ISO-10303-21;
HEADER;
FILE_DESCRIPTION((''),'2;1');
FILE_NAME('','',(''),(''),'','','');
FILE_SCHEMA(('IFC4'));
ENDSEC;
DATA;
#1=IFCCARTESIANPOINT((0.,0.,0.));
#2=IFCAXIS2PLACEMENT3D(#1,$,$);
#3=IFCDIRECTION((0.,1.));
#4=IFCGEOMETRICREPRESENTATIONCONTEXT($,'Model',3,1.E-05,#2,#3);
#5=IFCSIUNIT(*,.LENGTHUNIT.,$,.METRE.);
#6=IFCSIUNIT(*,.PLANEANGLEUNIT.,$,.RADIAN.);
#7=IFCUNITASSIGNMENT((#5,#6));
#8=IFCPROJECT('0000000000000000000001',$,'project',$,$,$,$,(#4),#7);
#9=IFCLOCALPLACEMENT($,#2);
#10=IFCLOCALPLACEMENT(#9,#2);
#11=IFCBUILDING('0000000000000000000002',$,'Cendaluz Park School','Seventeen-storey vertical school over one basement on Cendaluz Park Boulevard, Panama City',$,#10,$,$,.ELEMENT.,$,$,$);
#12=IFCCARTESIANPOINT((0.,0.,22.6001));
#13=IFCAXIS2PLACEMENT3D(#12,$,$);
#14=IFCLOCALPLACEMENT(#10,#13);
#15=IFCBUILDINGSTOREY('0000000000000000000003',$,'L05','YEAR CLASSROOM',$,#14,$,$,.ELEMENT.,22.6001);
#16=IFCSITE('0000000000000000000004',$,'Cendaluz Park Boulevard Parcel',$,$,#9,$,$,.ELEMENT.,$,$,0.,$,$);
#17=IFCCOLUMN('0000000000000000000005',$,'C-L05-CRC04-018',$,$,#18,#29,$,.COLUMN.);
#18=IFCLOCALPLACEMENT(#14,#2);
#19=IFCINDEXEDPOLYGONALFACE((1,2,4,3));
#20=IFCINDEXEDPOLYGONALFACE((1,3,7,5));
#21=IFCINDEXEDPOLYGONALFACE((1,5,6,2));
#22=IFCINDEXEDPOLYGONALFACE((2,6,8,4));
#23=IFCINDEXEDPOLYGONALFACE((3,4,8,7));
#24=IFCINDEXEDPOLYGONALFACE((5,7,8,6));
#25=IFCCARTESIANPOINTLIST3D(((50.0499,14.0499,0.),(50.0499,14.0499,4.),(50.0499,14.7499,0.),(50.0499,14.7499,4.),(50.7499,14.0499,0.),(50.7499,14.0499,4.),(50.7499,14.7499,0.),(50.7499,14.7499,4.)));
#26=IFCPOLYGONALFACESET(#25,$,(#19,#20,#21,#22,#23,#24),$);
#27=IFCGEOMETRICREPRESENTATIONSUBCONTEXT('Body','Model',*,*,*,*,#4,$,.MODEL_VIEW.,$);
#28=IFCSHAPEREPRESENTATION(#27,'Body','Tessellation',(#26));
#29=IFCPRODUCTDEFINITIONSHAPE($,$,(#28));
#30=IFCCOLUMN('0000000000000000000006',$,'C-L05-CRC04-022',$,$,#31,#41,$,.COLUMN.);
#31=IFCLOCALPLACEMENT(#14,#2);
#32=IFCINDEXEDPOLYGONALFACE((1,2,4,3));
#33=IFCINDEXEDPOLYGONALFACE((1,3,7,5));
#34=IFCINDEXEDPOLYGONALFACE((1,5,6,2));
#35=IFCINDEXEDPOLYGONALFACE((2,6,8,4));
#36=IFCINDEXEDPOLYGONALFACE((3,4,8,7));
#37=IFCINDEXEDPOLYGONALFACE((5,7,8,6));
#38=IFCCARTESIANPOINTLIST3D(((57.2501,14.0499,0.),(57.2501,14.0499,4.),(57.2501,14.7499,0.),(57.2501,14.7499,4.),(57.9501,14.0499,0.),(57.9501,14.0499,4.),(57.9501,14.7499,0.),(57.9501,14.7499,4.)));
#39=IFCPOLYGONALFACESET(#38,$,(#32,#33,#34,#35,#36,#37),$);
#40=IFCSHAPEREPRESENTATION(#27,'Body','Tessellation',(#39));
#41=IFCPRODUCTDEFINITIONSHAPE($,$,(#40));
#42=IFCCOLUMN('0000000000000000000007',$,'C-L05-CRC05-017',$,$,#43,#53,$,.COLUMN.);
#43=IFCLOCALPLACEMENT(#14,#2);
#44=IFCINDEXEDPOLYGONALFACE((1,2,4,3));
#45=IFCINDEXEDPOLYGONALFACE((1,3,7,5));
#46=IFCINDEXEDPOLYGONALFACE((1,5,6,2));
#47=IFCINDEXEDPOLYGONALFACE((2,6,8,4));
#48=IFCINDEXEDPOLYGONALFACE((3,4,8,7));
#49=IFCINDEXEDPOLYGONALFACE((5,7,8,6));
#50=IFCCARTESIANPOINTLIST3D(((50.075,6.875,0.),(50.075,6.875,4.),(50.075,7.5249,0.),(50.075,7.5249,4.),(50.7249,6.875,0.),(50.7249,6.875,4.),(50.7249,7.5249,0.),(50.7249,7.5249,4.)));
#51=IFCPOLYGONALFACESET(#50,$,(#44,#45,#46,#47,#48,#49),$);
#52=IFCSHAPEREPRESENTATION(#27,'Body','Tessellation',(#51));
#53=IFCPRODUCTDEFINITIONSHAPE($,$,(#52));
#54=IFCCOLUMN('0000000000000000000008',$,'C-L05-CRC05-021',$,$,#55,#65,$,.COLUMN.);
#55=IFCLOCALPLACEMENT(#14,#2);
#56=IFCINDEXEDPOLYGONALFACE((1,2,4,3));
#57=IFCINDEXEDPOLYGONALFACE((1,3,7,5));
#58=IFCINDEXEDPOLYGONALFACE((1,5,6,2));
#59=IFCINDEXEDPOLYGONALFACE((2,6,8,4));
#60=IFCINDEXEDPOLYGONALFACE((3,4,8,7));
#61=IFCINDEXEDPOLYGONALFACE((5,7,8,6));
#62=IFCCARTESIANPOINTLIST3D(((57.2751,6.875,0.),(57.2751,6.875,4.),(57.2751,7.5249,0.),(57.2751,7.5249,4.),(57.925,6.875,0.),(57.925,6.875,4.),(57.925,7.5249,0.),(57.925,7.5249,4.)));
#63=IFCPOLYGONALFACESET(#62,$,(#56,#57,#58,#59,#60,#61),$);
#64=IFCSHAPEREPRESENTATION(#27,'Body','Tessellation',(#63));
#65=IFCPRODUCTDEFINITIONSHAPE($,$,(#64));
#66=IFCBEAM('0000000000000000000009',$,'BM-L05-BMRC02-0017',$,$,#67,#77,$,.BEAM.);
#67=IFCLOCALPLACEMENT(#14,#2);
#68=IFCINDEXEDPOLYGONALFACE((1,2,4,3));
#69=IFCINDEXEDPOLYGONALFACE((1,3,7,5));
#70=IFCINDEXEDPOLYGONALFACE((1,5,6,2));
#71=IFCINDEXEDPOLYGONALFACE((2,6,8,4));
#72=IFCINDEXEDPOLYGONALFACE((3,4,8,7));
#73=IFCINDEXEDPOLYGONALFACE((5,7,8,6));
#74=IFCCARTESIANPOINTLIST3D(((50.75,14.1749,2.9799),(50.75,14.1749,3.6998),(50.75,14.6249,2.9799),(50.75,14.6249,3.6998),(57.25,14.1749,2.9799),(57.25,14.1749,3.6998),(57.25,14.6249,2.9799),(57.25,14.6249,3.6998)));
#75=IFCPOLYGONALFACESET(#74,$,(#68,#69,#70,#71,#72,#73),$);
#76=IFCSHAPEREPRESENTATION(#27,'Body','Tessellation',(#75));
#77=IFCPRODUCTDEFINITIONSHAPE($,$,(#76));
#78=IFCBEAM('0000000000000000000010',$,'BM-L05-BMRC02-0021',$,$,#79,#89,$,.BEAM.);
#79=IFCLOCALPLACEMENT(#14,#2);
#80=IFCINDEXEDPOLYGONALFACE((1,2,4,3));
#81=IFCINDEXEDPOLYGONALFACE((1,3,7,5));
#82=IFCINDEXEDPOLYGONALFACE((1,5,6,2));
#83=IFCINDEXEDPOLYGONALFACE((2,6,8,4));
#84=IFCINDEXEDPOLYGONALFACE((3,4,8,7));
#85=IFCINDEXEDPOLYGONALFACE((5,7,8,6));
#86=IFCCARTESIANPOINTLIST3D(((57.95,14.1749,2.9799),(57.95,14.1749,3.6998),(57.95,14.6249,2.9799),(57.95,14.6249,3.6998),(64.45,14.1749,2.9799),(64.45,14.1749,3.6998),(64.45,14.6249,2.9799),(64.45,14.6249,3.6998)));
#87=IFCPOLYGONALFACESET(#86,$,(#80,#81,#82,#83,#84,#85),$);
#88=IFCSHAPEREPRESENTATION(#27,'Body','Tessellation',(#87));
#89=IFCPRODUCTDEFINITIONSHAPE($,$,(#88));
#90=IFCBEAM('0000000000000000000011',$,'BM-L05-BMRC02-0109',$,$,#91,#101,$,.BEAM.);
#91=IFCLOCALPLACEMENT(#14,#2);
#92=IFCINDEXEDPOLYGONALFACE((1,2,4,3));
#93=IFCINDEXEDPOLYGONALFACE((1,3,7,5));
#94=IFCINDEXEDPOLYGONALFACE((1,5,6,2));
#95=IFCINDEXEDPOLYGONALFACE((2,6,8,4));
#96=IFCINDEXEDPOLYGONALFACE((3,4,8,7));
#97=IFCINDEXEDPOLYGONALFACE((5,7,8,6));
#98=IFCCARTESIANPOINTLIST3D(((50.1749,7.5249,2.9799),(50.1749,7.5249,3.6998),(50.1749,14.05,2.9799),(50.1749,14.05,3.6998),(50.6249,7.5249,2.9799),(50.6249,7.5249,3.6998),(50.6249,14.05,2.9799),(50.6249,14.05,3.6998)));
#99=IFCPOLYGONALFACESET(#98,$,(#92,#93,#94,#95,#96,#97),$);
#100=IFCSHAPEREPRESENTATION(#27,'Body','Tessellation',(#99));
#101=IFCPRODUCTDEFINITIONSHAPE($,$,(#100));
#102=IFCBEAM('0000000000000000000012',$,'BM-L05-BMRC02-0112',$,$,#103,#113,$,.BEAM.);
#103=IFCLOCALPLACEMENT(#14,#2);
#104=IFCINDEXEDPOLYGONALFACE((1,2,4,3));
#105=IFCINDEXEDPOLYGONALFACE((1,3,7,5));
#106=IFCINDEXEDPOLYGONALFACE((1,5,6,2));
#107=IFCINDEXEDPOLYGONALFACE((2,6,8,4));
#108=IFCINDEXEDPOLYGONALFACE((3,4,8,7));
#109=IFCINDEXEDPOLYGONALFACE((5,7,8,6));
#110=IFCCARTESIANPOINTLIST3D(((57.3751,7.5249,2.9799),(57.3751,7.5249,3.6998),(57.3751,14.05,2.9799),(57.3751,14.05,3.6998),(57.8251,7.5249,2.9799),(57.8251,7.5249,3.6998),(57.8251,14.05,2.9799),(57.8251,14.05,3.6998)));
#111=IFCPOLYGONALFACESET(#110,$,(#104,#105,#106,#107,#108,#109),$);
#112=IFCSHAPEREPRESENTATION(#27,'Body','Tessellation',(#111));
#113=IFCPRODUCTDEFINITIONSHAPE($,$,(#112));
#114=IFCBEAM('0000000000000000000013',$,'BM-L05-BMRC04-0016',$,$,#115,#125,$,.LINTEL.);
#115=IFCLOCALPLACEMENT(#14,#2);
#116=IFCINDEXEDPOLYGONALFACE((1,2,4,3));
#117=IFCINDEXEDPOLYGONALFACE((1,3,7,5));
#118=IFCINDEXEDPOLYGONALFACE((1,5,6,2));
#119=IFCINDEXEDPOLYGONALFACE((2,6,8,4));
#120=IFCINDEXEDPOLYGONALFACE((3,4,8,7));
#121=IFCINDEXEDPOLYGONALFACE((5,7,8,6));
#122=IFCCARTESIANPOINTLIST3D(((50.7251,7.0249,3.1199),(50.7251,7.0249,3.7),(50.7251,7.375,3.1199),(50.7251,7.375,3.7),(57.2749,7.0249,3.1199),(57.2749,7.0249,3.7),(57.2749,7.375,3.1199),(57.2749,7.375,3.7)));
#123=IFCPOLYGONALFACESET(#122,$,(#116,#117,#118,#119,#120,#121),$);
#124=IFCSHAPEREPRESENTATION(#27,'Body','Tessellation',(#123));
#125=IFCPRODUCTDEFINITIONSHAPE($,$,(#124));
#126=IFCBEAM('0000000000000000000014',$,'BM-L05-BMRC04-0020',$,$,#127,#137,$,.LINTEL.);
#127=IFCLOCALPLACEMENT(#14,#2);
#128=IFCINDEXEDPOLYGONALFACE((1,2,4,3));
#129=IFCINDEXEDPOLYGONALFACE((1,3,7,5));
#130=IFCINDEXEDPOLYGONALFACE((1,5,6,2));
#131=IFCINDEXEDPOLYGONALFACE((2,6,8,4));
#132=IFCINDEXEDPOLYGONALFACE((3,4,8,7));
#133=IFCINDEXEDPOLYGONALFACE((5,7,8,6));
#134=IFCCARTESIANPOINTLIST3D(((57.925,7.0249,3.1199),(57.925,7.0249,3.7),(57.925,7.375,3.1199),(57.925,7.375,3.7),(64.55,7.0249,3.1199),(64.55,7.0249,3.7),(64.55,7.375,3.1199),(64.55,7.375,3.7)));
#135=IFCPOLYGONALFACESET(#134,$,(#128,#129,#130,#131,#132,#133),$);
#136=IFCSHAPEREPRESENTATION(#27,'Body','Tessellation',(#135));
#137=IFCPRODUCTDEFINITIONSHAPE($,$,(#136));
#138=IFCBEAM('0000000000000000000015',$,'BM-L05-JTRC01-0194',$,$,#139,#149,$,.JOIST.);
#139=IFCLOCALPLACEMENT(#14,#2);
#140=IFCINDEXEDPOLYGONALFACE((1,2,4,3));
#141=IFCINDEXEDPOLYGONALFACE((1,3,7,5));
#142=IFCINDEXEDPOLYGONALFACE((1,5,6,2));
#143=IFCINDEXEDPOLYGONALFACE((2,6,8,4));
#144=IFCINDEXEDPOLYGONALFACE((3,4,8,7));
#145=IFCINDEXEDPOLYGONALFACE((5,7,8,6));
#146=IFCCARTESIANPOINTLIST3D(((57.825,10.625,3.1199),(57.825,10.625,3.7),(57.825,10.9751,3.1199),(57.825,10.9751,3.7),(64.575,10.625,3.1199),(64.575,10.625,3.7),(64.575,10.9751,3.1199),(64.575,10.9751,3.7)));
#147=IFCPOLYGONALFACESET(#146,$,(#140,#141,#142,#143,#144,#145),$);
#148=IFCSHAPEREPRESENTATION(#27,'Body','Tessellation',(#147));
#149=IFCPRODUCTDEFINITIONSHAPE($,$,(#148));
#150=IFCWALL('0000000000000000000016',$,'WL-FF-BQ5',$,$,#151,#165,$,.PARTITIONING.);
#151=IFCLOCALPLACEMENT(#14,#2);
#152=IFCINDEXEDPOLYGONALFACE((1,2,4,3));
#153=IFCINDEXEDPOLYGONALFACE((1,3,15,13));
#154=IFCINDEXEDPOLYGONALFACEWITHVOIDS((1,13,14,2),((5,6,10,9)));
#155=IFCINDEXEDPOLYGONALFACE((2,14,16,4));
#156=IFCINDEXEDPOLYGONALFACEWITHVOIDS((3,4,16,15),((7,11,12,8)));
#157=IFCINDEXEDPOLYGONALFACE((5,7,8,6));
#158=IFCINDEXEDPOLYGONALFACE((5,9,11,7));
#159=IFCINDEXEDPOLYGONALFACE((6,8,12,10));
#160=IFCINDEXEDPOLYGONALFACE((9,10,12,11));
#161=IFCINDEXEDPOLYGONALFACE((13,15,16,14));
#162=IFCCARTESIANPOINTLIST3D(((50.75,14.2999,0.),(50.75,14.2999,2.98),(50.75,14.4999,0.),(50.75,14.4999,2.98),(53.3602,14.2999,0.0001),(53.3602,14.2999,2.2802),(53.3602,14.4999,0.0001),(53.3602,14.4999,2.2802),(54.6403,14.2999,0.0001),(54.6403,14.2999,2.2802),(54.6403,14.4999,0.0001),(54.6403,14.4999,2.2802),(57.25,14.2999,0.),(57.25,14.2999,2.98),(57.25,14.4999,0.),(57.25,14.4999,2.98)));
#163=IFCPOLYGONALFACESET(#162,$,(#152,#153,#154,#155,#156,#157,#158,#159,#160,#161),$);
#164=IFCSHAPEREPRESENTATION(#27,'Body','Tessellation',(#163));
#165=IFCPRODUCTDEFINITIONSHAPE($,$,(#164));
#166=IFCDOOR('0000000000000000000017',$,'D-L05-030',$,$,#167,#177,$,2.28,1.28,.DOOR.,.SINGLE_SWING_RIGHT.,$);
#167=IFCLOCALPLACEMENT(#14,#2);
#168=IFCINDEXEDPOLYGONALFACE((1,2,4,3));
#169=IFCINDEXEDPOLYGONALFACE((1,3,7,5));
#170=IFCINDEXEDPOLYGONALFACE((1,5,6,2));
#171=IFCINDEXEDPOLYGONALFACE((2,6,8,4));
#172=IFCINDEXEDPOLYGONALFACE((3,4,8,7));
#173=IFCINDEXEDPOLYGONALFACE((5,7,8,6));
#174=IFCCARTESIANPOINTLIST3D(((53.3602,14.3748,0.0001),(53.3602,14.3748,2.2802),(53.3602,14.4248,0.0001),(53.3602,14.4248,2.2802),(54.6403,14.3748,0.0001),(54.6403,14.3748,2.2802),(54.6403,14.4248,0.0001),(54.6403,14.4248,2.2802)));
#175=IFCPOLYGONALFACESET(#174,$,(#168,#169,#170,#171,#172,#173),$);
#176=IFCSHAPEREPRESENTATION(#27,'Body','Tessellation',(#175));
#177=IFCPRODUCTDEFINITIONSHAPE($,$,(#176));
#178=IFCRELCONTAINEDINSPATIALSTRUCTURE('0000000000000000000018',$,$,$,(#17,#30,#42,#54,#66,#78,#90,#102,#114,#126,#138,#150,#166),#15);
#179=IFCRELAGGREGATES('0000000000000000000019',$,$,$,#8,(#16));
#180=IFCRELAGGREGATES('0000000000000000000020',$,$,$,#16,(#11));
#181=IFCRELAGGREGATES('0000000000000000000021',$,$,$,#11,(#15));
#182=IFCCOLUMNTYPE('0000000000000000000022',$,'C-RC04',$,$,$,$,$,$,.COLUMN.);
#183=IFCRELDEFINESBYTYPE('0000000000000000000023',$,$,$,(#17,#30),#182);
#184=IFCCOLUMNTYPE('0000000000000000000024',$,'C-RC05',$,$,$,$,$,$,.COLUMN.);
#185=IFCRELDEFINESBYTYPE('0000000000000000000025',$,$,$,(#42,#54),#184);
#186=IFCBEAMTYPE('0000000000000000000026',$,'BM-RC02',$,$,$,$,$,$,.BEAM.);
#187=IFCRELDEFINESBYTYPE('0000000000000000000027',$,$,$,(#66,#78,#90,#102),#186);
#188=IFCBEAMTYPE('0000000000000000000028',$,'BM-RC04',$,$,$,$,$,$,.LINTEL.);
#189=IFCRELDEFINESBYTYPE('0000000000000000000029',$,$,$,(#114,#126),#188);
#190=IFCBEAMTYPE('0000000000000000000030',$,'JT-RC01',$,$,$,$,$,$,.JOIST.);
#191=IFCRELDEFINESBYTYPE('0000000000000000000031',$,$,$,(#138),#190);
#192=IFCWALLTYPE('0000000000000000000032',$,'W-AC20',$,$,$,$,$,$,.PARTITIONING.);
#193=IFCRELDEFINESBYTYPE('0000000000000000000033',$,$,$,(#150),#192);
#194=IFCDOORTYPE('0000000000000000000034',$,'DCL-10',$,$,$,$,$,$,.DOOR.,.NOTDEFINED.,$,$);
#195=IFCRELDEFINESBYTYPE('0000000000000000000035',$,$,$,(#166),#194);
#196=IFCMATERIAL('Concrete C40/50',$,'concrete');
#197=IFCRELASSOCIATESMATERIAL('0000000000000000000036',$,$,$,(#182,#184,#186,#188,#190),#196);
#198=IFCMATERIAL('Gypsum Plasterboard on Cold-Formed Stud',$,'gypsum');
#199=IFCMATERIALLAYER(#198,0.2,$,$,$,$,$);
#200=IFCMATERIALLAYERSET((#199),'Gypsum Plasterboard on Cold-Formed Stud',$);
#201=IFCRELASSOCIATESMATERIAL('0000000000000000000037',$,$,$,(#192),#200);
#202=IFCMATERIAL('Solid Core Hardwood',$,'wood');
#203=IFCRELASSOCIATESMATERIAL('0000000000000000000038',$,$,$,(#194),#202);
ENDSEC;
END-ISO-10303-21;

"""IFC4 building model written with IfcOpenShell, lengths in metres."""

from ifc_helpers import new_model, si_unit, direction, frame, frame_2d, origin, origin_2d, place, context, subcontext, project, spatial, rectangle, extrude, material, layer, layer_set, material_profile, profile_set, type_object, element, fill, save


model = new_model("IFC4")

# Units and contexts
model_context = context("Model", 3, precision=1e-05, world=origin(), true_north=direction((0.0, 1.0)))
body_context = subcontext(model_context, "Body", "Model", "MODEL_VIEW")
ifc_project = project(units=[si_unit("LENGTHUNIT", "METRE"), si_unit("PLANEANGLEUNIT", "RADIAN")], contexts=[model_context])

# Site, building, storey
site_placement = place(None, origin())
site = spatial("IfcSite", under=ifc_project, at=site_placement, Name="Cendaluz Park Boulevard Parcel", CompositionType="ELEMENT", RefElevation=0.0)
building_placement = place(site_placement, origin())
building = spatial("IfcBuilding", under=site, at=building_placement, Name="Cendaluz Park School", Description="Seventeen-storey vertical school over one basement on Cendaluz Park Boulevard, Panama City", CompositionType="ELEMENT")
storey_placement = place(building_placement, frame((0.0, 0.0, 22.6001)))
storey = spatial("IfcBuildingStorey", under=building, at=storey_placement, Name="L05", Description="YEAR CLASSROOM", CompositionType="ELEMENT", Elevation=22.6001)

# Columns
ifc_material_1 = material(Name="Concrete C40/50", Category="concrete")
ifc_material_profile_1 = material_profile(ifc_material_1, rectangle(XDim=0.7, YDim=0.7, at=origin_2d()), Name="RC 700x700", Category="concrete")
ifc_profile_set_1 = profile_set([ifc_material_profile_1], Name="Concrete C40/50")
column_type_1 = type_object("IfcColumnType", Name="C-RC04", PredefinedType="COLUMN", material=ifc_profile_set_1)
for number, where, z_axis, x_axis, name in (
    (1, (50.3999, 14.3999, 0.0), (0.0, 0.0, 1.0), (1.0, 0.0, 0.0), "C-L05-CRC04-018"),
    (2, (57.6001, 14.3999, 0.0), (0.0, 0.0, 1.0), (1.0, 0.0, 0.0), "C-L05-CRC04-022"),
):
    element("IfcColumn", number, at=place(storey_placement, frame(where, z_axis=z_axis, x_axis=x_axis)), inside=storey, type_object=column_type_1, Name=name, PredefinedType="COLUMN", context=body_context, shape_type="SweptSolid", body=[
        extrude(rectangle(XDim=0.7, YDim=0.7, at=origin_2d()), origin(), (0.0, 0.0, 1.0), 4.0),
    ])
ifc_material_profile_2 = material_profile(ifc_material_1, rectangle(XDim=0.6499, YDim=0.6499, at=origin_2d()), Name="RC 650x650", Category="concrete")
ifc_profile_set_2 = profile_set([ifc_material_profile_2], Name="Concrete C40/50")
column_type_2 = type_object("IfcColumnType", Name="C-RC05", PredefinedType="COLUMN", material=ifc_profile_set_2)
for number, where, z_axis, x_axis, name in (
    (3, (50.3999, 7.2, 0.0), (0.0, 0.0, 1.0), (1.0, 0.0, 0.0), "C-L05-CRC05-017"),
    (4, (57.6001, 7.2, 0.0), (0.0, 0.0, 1.0), (1.0, 0.0, 0.0), "C-L05-CRC05-021"),
):
    element("IfcColumn", number, at=place(storey_placement, frame(where, z_axis=z_axis, x_axis=x_axis)), inside=storey, type_object=column_type_2, Name=name, PredefinedType="COLUMN", context=body_context, shape_type="SweptSolid", body=[
        extrude(rectangle(XDim=0.6499, YDim=0.6499, at=origin_2d()), origin(), (0.0, 0.0, 1.0), 4.0),
    ])

# Beams
ifc_material_profile_3 = material_profile(ifc_material_1, rectangle(XDim=0.45, YDim=0.72, at=origin_2d()), Name="RC 450x720", Category="concrete")
ifc_profile_set_3 = profile_set([ifc_material_profile_3], Name="Concrete C40/50")
beam_type_1 = type_object("IfcBeamType", Name="BM-RC02", PredefinedType="BEAM", material=ifc_profile_set_3)
for number, where, z_axis, x_axis, name in (
    (5, (50.75, 14.3999, 3.3398), (1.0, 0.0, 0.0), (0.0, 1.0, 0.0), "BM-L05-BMRC02-0017"),
    (6, (57.95, 14.3999, 3.3398), (1.0, 0.0, 0.0), (0.0, 1.0, 0.0), "BM-L05-BMRC02-0021"),
):
    element("IfcBeam", number, at=place(storey_placement, frame(where, z_axis=z_axis, x_axis=x_axis)), inside=storey, type_object=beam_type_1, Name=name, PredefinedType="BEAM", context=body_context, shape_type="SweptSolid", body=[
        extrude(rectangle(XDim=0.45, YDim=0.72, at=origin_2d()), origin(), (0.0, 0.0, 1.0), 6.5),
    ])
for number, where, z_axis, x_axis, name in (
    (7, (50.3999, 7.5249, 3.3398), (0.0, 1.0, 0.0), (-1.0, 0.0, 0.0), "BM-L05-BMRC02-0109"),
    (8, (57.6001, 7.5249, 3.3398), (0.0, 1.0, 0.0), (-1.0, 0.0, 0.0), "BM-L05-BMRC02-0112"),
):
    element("IfcBeam", number, at=place(storey_placement, frame(where, z_axis=z_axis, x_axis=x_axis)), inside=storey, type_object=beam_type_1, Name=name, PredefinedType="BEAM", context=body_context, shape_type="SweptSolid", body=[
        extrude(rectangle(XDim=0.45, YDim=0.72, at=origin_2d()), origin(), (0.0, 0.0, 1.0), 6.5251),
    ])
ifc_material_profile_4 = material_profile(ifc_material_1, rectangle(XDim=0.3501, YDim=0.5801, at=origin_2d()), Name="RC 350x580", Category="concrete")
ifc_profile_set_4 = profile_set([ifc_material_profile_4], Name="Concrete C40/50")
beam_type_2 = type_object("IfcBeamType", Name="BM-RC04", PredefinedType="LINTEL", material=ifc_profile_set_4)
beam_1_placement = place(storey_placement, frame((50.7251, 7.2, 3.4099), z_axis=(1.0, 0.0, 0.0), x_axis=(0.0, 1.0, 0.0)))
element("IfcBeam", 9, at=beam_1_placement, inside=storey, type_object=beam_type_2, Name="BM-L05-BMRC04-0016", PredefinedType="LINTEL", context=body_context, shape_type="SweptSolid", body=[
    extrude(rectangle(XDim=0.3501, YDim=0.5801, at=origin_2d()), origin(), (0.0, 0.0, 1.0), 6.5498),
])
beam_2_placement = place(storey_placement, frame((57.925, 7.2, 3.4099), z_axis=(1.0, 0.0, 0.0), x_axis=(0.0, 1.0, 0.0)))
element("IfcBeam", 10, at=beam_2_placement, inside=storey, type_object=beam_type_2, Name="BM-L05-BMRC04-0020", PredefinedType="LINTEL", context=body_context, shape_type="SweptSolid", body=[
    extrude(rectangle(XDim=0.3501, YDim=0.5801, at=origin_2d()), origin(), (0.0, 0.0, 1.0), 6.625),
])
ifc_material_profile_5 = material_profile(ifc_material_1, rectangle(XDim=0.3501, YDim=0.5801, at=origin_2d()), Name="RC 350x580", Category="concrete")
ifc_profile_set_5 = profile_set([ifc_material_profile_5], Name="Concrete C40/50")
beam_type_3 = type_object("IfcBeamType", Name="JT-RC01", PredefinedType="JOIST", material=ifc_profile_set_5)
beam_3_placement = place(storey_placement, frame((57.825, 10.8, 3.4099), z_axis=(1.0, 0.0, 0.0), x_axis=(0.0, 1.0, 0.0)))
element("IfcBeam", 11, at=beam_3_placement, inside=storey, type_object=beam_type_3, Name="BM-L05-JTRC01-0194", PredefinedType="JOIST", context=body_context, shape_type="SweptSolid", body=[
    extrude(rectangle(XDim=0.3501, YDim=0.5801, at=origin_2d()), origin(), (0.0, 0.0, 1.0), 6.75),
])

# Wall, opening, door
ifc_material_2 = material(Name="Gypsum Plasterboard on Cold-Formed Stud", Category="gypsum")
ifc_layer_1 = layer(ifc_material_2, 0.2)
ifc_layer_set_1 = layer_set([ifc_layer_1], Name="Gypsum Plasterboard on Cold-Formed Stud")
wall_type_1 = type_object("IfcWallType", Name="W-AC20", PredefinedType="PARTITIONING", material=ifc_layer_set_1)
wall_1_placement = place(storey_placement, frame((50.75, 14.3999, 0.0), z_axis=(0.0, 0.0, 1.0), x_axis=(1.0, 0.0, 0.0)))
wall_1 = element("IfcWall", 12, at=wall_1_placement, inside=storey, type_object=wall_type_1, Name="WL-FF-BQ5", PredefinedType="PARTITIONING", context=body_context, shape_type="SweptSolid", body=[
    extrude(rectangle(XDim=6.5, YDim=0.2, at=frame_2d((3.25, 0.0))), origin(), (0.0, 0.0, 1.0), 2.98),
])
opening_1_placement = place(wall_1_placement, frame((2.6101, 0.0, 0.0)))
opening_1 = element("IfcOpeningElement", 13, at=opening_1_placement, cuts=wall_1, PredefinedType="OPENING", context=body_context, shape_type="SweptSolid", body=[
    extrude(rectangle(XDim=1.28, YDim=2.28, at=frame_2d((0.6401, 1.1401))), frame((0.0, 0.1121, 0.0), z_axis=(0.0, -1.0, 0.0), x_axis=(1.0, 0.0, 0.0)), (0.0, 0.0, 1.0), 0.2239),
])
ifc_material_3 = material(Name="Solid Core Hardwood", Category="wood")
door_type_1 = type_object("IfcDoorType", Name="DCL-10", OperationType="NOTDEFINED", PredefinedType="DOOR", material=ifc_material_3)
door_1_placement = place(opening_1_placement, origin())
door_1 = element("IfcDoor", 14, at=door_1_placement, inside=storey, type_object=door_type_1, Name="D-L05-030", OperationType="SINGLE_SWING_RIGHT", OverallHeight=2.28, OverallWidth=1.28, PredefinedType="DOOR", context=body_context, shape_type="SweptSolid", body=[
    extrude(rectangle(XDim=1.28, YDim=2.28, at=frame_2d((0.6401, 1.1401))), frame((0.0, 0.0249, 0.0), z_axis=(0.0, -1.0, 0.0), x_axis=(1.0, 0.0, 0.0)), (0.0, 0.0, 1.0), 0.05),
])
fill(opening_1, door_1)

save(model, "model.ifc")
